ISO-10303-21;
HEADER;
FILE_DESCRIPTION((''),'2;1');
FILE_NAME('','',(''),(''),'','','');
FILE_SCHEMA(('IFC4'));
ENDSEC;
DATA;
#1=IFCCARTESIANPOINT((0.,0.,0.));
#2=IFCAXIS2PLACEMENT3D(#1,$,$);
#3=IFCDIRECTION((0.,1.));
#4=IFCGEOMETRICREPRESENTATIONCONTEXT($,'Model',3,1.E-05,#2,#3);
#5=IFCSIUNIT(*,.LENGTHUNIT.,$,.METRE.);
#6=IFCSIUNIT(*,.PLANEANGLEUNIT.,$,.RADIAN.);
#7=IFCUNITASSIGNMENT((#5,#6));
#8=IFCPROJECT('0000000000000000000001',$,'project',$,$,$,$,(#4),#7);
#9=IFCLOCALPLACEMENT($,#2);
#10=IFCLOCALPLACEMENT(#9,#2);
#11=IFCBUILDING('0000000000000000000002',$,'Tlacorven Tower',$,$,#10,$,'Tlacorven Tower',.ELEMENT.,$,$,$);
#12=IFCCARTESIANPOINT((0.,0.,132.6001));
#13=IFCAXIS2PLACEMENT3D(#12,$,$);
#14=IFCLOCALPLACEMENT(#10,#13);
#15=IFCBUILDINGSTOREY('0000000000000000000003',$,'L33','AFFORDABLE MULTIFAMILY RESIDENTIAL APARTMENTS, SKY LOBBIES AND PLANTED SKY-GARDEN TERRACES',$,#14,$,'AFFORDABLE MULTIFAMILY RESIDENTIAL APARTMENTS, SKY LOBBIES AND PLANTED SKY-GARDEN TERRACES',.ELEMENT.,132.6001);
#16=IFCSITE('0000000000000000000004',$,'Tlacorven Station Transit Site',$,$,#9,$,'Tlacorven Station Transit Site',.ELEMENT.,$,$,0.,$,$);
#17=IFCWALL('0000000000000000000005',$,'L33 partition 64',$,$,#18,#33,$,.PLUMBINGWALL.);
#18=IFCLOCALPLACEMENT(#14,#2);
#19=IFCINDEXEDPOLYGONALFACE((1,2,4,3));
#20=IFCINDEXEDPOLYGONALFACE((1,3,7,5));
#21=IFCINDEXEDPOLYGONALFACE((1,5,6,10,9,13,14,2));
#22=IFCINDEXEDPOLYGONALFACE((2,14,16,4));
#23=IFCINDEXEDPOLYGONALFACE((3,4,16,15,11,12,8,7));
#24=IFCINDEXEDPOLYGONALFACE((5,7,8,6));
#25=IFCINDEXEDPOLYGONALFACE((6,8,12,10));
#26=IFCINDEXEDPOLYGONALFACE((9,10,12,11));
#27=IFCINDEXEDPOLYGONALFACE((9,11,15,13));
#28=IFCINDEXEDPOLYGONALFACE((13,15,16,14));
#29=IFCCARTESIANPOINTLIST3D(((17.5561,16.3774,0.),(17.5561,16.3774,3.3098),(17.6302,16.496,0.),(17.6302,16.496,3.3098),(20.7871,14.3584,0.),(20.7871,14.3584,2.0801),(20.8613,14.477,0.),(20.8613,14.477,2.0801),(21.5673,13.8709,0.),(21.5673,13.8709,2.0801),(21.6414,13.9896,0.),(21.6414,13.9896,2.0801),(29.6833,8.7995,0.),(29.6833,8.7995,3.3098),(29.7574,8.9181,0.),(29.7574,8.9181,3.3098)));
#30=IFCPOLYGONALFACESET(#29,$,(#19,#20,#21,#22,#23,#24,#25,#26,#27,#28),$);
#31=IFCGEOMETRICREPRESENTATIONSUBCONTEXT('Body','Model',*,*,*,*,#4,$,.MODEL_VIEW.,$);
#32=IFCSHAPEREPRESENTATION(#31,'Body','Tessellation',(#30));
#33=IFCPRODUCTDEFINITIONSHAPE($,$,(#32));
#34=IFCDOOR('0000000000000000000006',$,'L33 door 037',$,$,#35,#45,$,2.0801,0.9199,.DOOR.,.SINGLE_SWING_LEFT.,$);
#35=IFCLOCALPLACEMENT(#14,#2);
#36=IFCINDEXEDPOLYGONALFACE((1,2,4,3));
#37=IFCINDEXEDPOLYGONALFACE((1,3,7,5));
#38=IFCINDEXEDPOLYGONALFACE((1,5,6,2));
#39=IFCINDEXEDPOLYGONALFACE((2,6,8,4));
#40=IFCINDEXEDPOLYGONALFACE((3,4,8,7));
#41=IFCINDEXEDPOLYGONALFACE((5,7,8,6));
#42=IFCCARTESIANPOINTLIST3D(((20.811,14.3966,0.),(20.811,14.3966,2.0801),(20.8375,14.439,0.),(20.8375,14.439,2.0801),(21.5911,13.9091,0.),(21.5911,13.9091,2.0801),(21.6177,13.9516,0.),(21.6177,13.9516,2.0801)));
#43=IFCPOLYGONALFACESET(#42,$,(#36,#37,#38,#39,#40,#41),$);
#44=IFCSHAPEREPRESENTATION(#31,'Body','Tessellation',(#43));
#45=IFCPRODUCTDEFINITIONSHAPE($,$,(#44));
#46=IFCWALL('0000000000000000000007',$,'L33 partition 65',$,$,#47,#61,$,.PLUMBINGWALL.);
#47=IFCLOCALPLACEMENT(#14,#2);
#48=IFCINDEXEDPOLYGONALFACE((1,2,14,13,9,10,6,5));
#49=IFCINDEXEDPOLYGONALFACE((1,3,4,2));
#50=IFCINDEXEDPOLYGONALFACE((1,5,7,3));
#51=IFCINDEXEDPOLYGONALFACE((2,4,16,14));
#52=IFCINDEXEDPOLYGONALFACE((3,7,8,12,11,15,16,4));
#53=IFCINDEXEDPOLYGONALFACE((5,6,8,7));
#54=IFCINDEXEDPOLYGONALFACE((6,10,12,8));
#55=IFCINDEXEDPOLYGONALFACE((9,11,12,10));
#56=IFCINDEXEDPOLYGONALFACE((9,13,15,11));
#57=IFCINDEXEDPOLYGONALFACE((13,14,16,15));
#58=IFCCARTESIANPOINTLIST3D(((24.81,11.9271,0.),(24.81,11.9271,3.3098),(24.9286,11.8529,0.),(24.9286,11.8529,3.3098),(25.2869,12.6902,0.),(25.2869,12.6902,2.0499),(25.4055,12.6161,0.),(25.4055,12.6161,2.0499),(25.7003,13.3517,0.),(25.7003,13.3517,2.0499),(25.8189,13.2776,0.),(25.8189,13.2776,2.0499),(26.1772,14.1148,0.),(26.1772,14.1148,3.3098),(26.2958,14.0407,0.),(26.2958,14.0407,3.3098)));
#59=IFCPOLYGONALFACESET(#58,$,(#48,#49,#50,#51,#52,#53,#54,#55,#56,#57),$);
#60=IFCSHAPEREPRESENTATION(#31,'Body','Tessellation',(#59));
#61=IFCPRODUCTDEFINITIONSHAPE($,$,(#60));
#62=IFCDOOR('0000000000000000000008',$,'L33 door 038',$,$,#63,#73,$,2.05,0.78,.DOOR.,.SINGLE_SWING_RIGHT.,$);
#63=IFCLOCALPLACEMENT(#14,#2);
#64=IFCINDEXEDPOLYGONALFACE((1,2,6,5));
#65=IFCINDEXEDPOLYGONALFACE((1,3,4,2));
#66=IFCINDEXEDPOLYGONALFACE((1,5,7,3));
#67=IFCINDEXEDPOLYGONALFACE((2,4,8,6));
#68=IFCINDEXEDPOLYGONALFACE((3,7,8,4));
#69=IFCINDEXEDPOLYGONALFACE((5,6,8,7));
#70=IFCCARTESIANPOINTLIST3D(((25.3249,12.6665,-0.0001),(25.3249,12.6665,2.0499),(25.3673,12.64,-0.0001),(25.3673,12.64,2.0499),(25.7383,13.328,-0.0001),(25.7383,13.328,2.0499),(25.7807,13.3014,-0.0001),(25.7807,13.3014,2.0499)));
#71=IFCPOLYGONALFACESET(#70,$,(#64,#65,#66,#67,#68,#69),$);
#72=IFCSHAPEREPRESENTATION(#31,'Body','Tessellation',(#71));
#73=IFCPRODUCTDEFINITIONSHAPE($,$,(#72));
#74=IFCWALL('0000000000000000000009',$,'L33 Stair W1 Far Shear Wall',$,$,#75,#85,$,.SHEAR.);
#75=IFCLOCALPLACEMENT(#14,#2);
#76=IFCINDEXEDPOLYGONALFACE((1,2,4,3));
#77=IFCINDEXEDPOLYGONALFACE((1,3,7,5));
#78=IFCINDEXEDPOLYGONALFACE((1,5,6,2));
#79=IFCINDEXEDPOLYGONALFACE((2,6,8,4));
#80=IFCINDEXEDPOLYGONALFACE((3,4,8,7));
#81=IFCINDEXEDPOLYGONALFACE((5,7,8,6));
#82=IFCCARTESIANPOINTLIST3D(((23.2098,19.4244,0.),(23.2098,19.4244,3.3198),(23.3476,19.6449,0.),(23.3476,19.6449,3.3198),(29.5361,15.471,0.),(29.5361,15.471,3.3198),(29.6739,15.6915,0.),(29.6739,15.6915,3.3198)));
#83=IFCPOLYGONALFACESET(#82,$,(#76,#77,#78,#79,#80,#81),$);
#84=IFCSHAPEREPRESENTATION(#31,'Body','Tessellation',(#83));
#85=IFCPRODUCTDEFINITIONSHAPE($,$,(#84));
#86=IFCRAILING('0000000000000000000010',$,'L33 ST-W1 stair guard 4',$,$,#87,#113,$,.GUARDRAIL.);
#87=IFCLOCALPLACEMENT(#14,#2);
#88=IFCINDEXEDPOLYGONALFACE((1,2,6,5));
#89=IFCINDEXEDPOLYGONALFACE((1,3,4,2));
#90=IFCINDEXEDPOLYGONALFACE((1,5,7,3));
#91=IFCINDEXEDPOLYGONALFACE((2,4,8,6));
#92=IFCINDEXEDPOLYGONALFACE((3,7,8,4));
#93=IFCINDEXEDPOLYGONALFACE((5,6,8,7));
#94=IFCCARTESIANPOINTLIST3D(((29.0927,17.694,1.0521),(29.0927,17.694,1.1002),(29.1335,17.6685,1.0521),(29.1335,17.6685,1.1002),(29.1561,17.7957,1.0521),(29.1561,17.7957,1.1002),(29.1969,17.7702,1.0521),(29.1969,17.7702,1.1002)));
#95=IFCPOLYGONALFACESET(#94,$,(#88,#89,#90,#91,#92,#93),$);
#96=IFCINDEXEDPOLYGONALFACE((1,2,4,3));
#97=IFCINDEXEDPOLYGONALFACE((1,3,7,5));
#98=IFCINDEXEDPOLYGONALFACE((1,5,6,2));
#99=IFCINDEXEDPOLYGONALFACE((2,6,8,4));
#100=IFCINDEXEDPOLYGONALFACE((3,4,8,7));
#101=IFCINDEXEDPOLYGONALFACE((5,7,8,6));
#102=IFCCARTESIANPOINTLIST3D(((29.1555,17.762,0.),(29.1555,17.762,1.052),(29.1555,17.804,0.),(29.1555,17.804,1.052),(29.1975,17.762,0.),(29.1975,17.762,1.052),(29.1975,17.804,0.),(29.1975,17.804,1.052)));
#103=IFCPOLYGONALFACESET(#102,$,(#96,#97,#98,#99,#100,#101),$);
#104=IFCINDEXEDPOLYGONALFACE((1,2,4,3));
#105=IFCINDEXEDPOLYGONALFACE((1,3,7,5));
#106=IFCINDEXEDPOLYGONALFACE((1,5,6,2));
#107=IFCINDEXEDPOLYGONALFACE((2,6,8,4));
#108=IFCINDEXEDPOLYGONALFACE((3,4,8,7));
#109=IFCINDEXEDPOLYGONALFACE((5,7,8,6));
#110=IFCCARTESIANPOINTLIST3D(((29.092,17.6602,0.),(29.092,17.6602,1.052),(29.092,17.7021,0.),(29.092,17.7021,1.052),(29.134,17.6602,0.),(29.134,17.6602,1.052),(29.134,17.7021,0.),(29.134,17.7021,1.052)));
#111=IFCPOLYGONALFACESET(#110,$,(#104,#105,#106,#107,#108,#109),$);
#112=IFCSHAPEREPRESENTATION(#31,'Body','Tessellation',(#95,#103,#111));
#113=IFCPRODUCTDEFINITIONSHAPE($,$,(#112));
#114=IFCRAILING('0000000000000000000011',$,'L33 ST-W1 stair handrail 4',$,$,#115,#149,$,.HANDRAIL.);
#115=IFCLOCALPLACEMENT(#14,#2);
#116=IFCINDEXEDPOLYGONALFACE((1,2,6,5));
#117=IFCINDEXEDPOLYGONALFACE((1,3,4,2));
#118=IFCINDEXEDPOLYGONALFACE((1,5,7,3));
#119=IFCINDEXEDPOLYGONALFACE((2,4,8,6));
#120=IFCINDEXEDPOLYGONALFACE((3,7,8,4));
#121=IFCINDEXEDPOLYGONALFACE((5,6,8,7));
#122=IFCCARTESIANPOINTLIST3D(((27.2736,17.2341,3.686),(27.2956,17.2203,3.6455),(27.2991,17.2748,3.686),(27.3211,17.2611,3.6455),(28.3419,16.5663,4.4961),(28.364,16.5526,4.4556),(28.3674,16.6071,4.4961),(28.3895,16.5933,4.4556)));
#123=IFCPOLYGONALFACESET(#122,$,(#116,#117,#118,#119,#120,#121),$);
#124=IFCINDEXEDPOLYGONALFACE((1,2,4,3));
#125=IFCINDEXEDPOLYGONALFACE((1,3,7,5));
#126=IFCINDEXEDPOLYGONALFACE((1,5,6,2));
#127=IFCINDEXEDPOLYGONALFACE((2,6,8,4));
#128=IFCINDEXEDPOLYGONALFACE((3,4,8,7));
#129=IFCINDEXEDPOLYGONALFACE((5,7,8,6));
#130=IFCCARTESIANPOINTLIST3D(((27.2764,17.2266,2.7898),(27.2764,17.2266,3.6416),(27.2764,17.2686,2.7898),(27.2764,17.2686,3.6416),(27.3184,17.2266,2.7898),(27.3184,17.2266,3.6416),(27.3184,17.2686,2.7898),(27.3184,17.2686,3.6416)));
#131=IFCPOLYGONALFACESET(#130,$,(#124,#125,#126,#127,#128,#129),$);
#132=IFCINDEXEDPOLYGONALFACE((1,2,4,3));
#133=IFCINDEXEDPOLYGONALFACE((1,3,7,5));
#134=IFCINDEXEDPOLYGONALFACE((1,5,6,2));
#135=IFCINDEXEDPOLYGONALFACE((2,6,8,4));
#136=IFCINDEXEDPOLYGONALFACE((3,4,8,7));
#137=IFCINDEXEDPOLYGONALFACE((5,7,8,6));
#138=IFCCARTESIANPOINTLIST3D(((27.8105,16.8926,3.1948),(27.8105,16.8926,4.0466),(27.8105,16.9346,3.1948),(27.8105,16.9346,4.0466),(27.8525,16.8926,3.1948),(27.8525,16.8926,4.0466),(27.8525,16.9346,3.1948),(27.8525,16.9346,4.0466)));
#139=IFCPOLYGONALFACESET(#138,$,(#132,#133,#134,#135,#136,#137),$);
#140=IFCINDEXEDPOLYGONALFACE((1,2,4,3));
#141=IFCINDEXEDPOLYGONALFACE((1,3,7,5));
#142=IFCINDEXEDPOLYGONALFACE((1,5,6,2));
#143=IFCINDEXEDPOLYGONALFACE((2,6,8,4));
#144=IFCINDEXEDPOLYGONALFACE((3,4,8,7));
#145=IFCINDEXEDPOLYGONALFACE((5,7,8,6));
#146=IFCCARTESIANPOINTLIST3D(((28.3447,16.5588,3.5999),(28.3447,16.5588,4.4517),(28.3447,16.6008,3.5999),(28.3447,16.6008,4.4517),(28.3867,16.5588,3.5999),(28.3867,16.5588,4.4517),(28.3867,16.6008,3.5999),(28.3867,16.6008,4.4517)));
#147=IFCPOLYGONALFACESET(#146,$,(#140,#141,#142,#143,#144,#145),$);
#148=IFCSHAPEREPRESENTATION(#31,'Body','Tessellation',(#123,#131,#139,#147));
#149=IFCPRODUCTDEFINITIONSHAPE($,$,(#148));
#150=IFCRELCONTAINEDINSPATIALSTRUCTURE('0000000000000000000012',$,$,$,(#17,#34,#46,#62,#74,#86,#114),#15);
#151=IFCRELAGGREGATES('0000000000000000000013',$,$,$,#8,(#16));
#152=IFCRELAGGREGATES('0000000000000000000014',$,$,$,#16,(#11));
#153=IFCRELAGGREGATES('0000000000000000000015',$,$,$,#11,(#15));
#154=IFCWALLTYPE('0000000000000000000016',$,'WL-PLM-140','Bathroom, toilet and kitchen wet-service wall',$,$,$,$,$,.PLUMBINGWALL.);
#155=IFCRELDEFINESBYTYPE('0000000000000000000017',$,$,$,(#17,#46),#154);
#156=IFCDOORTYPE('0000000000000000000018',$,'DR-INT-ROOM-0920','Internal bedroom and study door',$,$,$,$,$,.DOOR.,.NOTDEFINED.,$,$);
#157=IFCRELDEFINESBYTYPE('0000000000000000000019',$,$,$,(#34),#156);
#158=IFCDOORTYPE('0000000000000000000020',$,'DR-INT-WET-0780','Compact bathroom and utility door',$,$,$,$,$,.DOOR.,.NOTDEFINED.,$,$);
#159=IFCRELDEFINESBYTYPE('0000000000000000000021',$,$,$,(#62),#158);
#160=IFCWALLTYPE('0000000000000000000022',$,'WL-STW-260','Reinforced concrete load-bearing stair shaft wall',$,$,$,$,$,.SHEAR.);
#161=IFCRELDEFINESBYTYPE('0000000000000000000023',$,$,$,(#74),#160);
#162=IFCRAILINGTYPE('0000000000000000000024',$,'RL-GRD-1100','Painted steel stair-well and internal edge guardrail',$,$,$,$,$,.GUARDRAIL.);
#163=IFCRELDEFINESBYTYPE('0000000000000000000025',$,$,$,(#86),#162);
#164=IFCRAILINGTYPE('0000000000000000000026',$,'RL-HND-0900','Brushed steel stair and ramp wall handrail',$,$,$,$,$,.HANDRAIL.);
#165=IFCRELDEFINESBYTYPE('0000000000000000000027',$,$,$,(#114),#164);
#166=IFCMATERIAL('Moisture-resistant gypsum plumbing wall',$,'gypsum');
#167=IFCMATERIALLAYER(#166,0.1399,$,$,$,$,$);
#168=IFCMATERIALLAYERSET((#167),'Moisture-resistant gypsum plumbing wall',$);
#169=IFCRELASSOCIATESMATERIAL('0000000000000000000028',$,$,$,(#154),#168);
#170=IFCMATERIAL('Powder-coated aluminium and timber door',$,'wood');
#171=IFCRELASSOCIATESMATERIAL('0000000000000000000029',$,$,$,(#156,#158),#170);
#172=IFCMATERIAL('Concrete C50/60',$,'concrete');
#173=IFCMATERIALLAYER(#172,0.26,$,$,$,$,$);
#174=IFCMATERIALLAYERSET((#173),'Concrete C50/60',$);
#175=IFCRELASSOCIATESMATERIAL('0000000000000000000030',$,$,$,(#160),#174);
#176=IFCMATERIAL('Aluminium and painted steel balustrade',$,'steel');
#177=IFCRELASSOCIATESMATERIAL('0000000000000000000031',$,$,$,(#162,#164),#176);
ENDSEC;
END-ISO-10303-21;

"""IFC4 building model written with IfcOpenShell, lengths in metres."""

from ifc_helpers import new_model, si_unit, direction, frame, frame_2d, origin, origin_2d, place, context, subcontext, project, spatial, rectangle, extrude, source, transform, mapped, material, layer, layer_set, type_object, element, fill, save


model = new_model("IFC4")

# Units and contexts
model_context = context("Model", 3, precision=1e-05, world=origin(), true_north=direction((0.0, 1.0)))
body_context = subcontext(model_context, "Body", "Model", "MODEL_VIEW")
ifc_project = project(units=[si_unit("LENGTHUNIT", "METRE"), si_unit("PLANEANGLEUNIT", "RADIAN")], contexts=[model_context])

# Site, building, storey
site_placement = place(None, origin())
site = spatial("IfcSite", under=ifc_project, at=site_placement, Name="Tlacorven Station Transit Site", LongName="Tlacorven Station Transit Site", CompositionType="ELEMENT", RefElevation=0.0)
building_placement = place(site_placement, origin())
building = spatial("IfcBuilding", under=site, at=building_placement, Name="Tlacorven Tower", LongName="Tlacorven Tower", CompositionType="ELEMENT")
storey_placement = place(building_placement, frame((0.0, 0.0, 132.6001)))
storey = spatial("IfcBuildingStorey", under=building, at=storey_placement, Name="L33", Description="AFFORDABLE MULTIFAMILY RESIDENTIAL APARTMENTS, SKY LOBBIES AND PLANTED SKY-GARDEN TERRACES", LongName="AFFORDABLE MULTIFAMILY RESIDENTIAL APARTMENTS, SKY LOBBIES AND PLANTED SKY-GARDEN TERRACES", CompositionType="ELEMENT", Elevation=132.6001)

# Shared definitions
ifc_material_1 = material(Name="Powder-coated aluminium and timber door", Category="wood")

# Walls, openings, doors
ifc_material_2 = material(Name="Moisture-resistant gypsum plumbing wall", Category="gypsum")
ifc_layer_1 = layer(ifc_material_2, 0.1399)
ifc_layer_set_1 = layer_set([ifc_layer_1], Name="Moisture-resistant gypsum plumbing wall")
wall_type_1 = type_object("IfcWallType", Name="WL-PLM-140", Description="Bathroom, toilet and kitchen wet-service wall", PredefinedType="PLUMBINGWALL", material=ifc_layer_set_1)
wall_1_placement = place(storey_placement, frame((29.7202, 8.8589, 0.0), z_axis=(0.0, 0.0, 1.0), x_axis=(-0.848049, 0.529918, 0.0)))
wall_1 = element("IfcWall", 1, at=wall_1_placement, inside=storey, type_object=wall_type_1, Name="L33 partition 64", PredefinedType="PLUMBINGWALL", context=body_context, shape_type="SweptSolid", body=[
    extrude(rectangle(XDim=14.3, YDim=0.1399, at=frame_2d((7.1499, 0.0))), origin(), (0.0, 0.0, 1.0), 3.3098),
])
opening_1_placement = place(wall_1_placement, frame((9.5701, 0.0, 0.0)))
opening_1 = element("IfcOpeningElement", 2, at=opening_1_placement, cuts=wall_1, PredefinedType="OPENING", context=body_context, shape_type="SweptSolid", body=[
    extrude(rectangle(XDim=0.9199, YDim=2.0801, at=frame_2d((0.46, 1.04))), frame((0.0, 0.0801, 0.0), z_axis=(0.0, -1.0, 0.0), x_axis=(1.0, 0.0, 0.0)), (0.0, 0.0, 1.0), 0.1599),
])
door_type_1 = type_object("IfcDoorType", Name="DR-INT-ROOM-0920", Description="Internal bedroom and study door", OperationType="NOTDEFINED", PredefinedType="DOOR", material=ifc_material_1)
shared_shape_1 = source(origin(), body_context, "Body", "SweptSolid", [
    extrude(rectangle(XDim=0.9199, YDim=2.0801, at=frame_2d((0.46, 1.04))), frame((0.0, 0.0249, 0.0), z_axis=(0.0, -1.0, 0.0), x_axis=(1.0, 0.0, 0.0)), (0.0, 0.0, 1.0), 0.05),
])
door_1_placement = place(opening_1_placement, origin())
door_1 = element("IfcDoor", 3, at=door_1_placement, inside=storey, type_object=door_type_1, Name="L33 door 037", OperationType="SINGLE_SWING_LEFT", OverallHeight=2.0801, OverallWidth=0.9199, PredefinedType="DOOR", context=body_context, shape_type="MappedRepresentation", body=[
    mapped(shared_shape_1, transform((0.0, 0.0, 0.0), scale=1.0)),
])
fill(opening_1, door_1)
wall_2_placement = place(storey_placement, frame((26.2366, 14.0779, 0.0), z_axis=(0.0, 0.0, 1.0), x_axis=(-0.529956, -0.848025, 0.0)))
wall_2 = element("IfcWall", 4, at=wall_2_placement, inside=storey, type_object=wall_type_1, Name="L33 partition 65", PredefinedType="PLUMBINGWALL", context=body_context, shape_type="SweptSolid", body=[
    extrude(rectangle(XDim=2.5798, YDim=0.1399, at=frame_2d((1.29, 0.0))), origin(), (0.0, 0.0, 1.0), 3.3098),
])
opening_2_placement = place(wall_2_placement, frame((0.8999, 0.0, 0.0)))
opening_2 = element("IfcOpeningElement", 5, at=opening_2_placement, cuts=wall_2, PredefinedType="OPENING", context=body_context, shape_type="SweptSolid", body=[
    extrude(rectangle(XDim=0.78, YDim=2.05, at=frame_2d((0.3901, 1.0249))), frame((0.0, 0.0801, 0.0), z_axis=(0.0, -1.0, 0.0), x_axis=(1.0, 0.0, 0.0)), (0.0, 0.0, 1.0), 0.1599),
])
door_type_2 = type_object("IfcDoorType", Name="DR-INT-WET-0780", Description="Compact bathroom and utility door", OperationType="NOTDEFINED", PredefinedType="DOOR", material=ifc_material_1)
shared_shape_2 = source(origin(), body_context, "Body", "SweptSolid", [
    extrude(rectangle(XDim=0.78, YDim=2.05, at=frame_2d((0.3901, 1.0249))), frame((0.0, 0.0249, 0.0), z_axis=(0.0, -1.0, 0.0), x_axis=(1.0, 0.0, 0.0)), (0.0, 0.0, 1.0), 0.05),
])
door_2_placement = place(opening_2_placement, origin())
door_2 = element("IfcDoor", 6, at=door_2_placement, inside=storey, type_object=door_type_2, Name="L33 door 038", OperationType="SINGLE_SWING_RIGHT", OverallHeight=2.05, OverallWidth=0.78, PredefinedType="DOOR", context=body_context, shape_type="MappedRepresentation", body=[
    mapped(shared_shape_2, transform((0.0, 0.0, 0.0), scale=1.0)),
])
fill(opening_2, door_2)

# Wall
ifc_material_3 = material(Name="Concrete C50/60", Category="concrete")
ifc_layer_2 = layer(ifc_material_3, 0.26)
ifc_layer_set_2 = layer_set([ifc_layer_2], Name="Concrete C50/60")
wall_type_2 = type_object("IfcWallType", Name="WL-STW-260", Description="Reinforced concrete load-bearing stair shaft wall", PredefinedType="SHEAR", material=ifc_layer_set_2)
wall_3_placement = place(storey_placement, frame((29.605, 15.5813, 0.0), z_axis=(0.0, 0.0, 1.0), x_axis=(-0.848037, 0.529937, 0.0)))
element("IfcWall", 7, at=wall_3_placement, inside=storey, type_object=wall_type_2, Name="L33 Stair W1 Far Shear Wall", PredefinedType="SHEAR", context=body_context, shape_type="SweptSolid", body=[
    extrude(rectangle(XDim=7.46, YDim=0.26, at=frame_2d((3.73, 0.0))), origin(), (0.0, 0.0, 1.0), 3.3198),
])

# Railings
ifc_material_4 = material(Name="Aluminium and painted steel balustrade", Category="steel")
railing_type_1 = type_object("IfcRailingType", Name="RL-GRD-1100", Description="Painted steel stair-well and internal edge guardrail", PredefinedType="GUARDRAIL", material=ifc_material_4)
shared_shape_3 = source(origin(), body_context, "Body", "SweptSolid", [
    extrude(rectangle(XDim=0.0481, YDim=0.0481, at=origin_2d()), frame((0.0, 0.0, 1.0762), z_axis=(-0.529084, -0.848569, 0.0), x_axis=(0.848569, -0.529084, 0.0)), (0.0, 0.0, 1.0), 0.1199),
    extrude(rectangle(XDim=0.042, YDim=0.042, at=origin_2d()), origin(), (0.0, 0.0, 1.0), 1.052),
    extrude(rectangle(XDim=0.042, YDim=0.042, at=origin_2d()), frame((-0.0635, -0.1018, 0.0)), (0.0, 0.0, 1.0), 1.052),
])
railing_1_placement = place(storey_placement, frame((29.1765, 17.783, 0.0)))
element("IfcRailing", 8, at=railing_1_placement, inside=storey, type_object=railing_type_1, Name="L33 ST-W1 stair guard 4", PredefinedType="GUARDRAIL", context=body_context, shape_type="MappedRepresentation", body=[
    mapped(shared_shape_3, transform((0.0, 0.0, 0.0), scale=1.0)),
])
railing_type_2 = type_object("IfcRailingType", Name="RL-HND-0900", Description="Brushed steel stair and ramp wall handrail", PredefinedType="HANDRAIL", material=ifc_material_4)
shared_shape_4 = source(origin(), body_context, "Body", "SweptSolid", [
    extrude(rectangle(XDim=0.0481, YDim=0.0481, at=origin_2d()), frame((0.0, 0.0, 0.876), z_axis=(0.71328, -0.4458, 0.540828), x_axis=(0.529999, 0.847998, 0.0)), (0.0, 0.0, 1.0), 1.4978),
    extrude(rectangle(XDim=0.042, YDim=0.042, at=origin_2d()), origin(), (0.0, 0.0, 1.0), 0.8518),
    extrude(rectangle(XDim=0.042, YDim=0.042, at=origin_2d()), frame((0.5342, -0.334, 0.405)), (0.0, 0.0, 1.0), 0.8518),
    extrude(rectangle(XDim=0.042, YDim=0.042, at=origin_2d()), frame((1.0684, -0.6677, 0.8101)), (0.0, 0.0, 1.0), 0.8518),
])
railing_2_placement = place(storey_placement, frame((27.2974, 17.2476, 2.7898)))
element("IfcRailing", 9, at=railing_2_placement, inside=storey, type_object=railing_type_2, Name="L33 ST-W1 stair handrail 4", PredefinedType="HANDRAIL", context=body_context, shape_type="MappedRepresentation", body=[
    mapped(shared_shape_4, transform((0.0, 0.0, 0.0), scale=1.0)),
])

save(model, "model.ifc")
